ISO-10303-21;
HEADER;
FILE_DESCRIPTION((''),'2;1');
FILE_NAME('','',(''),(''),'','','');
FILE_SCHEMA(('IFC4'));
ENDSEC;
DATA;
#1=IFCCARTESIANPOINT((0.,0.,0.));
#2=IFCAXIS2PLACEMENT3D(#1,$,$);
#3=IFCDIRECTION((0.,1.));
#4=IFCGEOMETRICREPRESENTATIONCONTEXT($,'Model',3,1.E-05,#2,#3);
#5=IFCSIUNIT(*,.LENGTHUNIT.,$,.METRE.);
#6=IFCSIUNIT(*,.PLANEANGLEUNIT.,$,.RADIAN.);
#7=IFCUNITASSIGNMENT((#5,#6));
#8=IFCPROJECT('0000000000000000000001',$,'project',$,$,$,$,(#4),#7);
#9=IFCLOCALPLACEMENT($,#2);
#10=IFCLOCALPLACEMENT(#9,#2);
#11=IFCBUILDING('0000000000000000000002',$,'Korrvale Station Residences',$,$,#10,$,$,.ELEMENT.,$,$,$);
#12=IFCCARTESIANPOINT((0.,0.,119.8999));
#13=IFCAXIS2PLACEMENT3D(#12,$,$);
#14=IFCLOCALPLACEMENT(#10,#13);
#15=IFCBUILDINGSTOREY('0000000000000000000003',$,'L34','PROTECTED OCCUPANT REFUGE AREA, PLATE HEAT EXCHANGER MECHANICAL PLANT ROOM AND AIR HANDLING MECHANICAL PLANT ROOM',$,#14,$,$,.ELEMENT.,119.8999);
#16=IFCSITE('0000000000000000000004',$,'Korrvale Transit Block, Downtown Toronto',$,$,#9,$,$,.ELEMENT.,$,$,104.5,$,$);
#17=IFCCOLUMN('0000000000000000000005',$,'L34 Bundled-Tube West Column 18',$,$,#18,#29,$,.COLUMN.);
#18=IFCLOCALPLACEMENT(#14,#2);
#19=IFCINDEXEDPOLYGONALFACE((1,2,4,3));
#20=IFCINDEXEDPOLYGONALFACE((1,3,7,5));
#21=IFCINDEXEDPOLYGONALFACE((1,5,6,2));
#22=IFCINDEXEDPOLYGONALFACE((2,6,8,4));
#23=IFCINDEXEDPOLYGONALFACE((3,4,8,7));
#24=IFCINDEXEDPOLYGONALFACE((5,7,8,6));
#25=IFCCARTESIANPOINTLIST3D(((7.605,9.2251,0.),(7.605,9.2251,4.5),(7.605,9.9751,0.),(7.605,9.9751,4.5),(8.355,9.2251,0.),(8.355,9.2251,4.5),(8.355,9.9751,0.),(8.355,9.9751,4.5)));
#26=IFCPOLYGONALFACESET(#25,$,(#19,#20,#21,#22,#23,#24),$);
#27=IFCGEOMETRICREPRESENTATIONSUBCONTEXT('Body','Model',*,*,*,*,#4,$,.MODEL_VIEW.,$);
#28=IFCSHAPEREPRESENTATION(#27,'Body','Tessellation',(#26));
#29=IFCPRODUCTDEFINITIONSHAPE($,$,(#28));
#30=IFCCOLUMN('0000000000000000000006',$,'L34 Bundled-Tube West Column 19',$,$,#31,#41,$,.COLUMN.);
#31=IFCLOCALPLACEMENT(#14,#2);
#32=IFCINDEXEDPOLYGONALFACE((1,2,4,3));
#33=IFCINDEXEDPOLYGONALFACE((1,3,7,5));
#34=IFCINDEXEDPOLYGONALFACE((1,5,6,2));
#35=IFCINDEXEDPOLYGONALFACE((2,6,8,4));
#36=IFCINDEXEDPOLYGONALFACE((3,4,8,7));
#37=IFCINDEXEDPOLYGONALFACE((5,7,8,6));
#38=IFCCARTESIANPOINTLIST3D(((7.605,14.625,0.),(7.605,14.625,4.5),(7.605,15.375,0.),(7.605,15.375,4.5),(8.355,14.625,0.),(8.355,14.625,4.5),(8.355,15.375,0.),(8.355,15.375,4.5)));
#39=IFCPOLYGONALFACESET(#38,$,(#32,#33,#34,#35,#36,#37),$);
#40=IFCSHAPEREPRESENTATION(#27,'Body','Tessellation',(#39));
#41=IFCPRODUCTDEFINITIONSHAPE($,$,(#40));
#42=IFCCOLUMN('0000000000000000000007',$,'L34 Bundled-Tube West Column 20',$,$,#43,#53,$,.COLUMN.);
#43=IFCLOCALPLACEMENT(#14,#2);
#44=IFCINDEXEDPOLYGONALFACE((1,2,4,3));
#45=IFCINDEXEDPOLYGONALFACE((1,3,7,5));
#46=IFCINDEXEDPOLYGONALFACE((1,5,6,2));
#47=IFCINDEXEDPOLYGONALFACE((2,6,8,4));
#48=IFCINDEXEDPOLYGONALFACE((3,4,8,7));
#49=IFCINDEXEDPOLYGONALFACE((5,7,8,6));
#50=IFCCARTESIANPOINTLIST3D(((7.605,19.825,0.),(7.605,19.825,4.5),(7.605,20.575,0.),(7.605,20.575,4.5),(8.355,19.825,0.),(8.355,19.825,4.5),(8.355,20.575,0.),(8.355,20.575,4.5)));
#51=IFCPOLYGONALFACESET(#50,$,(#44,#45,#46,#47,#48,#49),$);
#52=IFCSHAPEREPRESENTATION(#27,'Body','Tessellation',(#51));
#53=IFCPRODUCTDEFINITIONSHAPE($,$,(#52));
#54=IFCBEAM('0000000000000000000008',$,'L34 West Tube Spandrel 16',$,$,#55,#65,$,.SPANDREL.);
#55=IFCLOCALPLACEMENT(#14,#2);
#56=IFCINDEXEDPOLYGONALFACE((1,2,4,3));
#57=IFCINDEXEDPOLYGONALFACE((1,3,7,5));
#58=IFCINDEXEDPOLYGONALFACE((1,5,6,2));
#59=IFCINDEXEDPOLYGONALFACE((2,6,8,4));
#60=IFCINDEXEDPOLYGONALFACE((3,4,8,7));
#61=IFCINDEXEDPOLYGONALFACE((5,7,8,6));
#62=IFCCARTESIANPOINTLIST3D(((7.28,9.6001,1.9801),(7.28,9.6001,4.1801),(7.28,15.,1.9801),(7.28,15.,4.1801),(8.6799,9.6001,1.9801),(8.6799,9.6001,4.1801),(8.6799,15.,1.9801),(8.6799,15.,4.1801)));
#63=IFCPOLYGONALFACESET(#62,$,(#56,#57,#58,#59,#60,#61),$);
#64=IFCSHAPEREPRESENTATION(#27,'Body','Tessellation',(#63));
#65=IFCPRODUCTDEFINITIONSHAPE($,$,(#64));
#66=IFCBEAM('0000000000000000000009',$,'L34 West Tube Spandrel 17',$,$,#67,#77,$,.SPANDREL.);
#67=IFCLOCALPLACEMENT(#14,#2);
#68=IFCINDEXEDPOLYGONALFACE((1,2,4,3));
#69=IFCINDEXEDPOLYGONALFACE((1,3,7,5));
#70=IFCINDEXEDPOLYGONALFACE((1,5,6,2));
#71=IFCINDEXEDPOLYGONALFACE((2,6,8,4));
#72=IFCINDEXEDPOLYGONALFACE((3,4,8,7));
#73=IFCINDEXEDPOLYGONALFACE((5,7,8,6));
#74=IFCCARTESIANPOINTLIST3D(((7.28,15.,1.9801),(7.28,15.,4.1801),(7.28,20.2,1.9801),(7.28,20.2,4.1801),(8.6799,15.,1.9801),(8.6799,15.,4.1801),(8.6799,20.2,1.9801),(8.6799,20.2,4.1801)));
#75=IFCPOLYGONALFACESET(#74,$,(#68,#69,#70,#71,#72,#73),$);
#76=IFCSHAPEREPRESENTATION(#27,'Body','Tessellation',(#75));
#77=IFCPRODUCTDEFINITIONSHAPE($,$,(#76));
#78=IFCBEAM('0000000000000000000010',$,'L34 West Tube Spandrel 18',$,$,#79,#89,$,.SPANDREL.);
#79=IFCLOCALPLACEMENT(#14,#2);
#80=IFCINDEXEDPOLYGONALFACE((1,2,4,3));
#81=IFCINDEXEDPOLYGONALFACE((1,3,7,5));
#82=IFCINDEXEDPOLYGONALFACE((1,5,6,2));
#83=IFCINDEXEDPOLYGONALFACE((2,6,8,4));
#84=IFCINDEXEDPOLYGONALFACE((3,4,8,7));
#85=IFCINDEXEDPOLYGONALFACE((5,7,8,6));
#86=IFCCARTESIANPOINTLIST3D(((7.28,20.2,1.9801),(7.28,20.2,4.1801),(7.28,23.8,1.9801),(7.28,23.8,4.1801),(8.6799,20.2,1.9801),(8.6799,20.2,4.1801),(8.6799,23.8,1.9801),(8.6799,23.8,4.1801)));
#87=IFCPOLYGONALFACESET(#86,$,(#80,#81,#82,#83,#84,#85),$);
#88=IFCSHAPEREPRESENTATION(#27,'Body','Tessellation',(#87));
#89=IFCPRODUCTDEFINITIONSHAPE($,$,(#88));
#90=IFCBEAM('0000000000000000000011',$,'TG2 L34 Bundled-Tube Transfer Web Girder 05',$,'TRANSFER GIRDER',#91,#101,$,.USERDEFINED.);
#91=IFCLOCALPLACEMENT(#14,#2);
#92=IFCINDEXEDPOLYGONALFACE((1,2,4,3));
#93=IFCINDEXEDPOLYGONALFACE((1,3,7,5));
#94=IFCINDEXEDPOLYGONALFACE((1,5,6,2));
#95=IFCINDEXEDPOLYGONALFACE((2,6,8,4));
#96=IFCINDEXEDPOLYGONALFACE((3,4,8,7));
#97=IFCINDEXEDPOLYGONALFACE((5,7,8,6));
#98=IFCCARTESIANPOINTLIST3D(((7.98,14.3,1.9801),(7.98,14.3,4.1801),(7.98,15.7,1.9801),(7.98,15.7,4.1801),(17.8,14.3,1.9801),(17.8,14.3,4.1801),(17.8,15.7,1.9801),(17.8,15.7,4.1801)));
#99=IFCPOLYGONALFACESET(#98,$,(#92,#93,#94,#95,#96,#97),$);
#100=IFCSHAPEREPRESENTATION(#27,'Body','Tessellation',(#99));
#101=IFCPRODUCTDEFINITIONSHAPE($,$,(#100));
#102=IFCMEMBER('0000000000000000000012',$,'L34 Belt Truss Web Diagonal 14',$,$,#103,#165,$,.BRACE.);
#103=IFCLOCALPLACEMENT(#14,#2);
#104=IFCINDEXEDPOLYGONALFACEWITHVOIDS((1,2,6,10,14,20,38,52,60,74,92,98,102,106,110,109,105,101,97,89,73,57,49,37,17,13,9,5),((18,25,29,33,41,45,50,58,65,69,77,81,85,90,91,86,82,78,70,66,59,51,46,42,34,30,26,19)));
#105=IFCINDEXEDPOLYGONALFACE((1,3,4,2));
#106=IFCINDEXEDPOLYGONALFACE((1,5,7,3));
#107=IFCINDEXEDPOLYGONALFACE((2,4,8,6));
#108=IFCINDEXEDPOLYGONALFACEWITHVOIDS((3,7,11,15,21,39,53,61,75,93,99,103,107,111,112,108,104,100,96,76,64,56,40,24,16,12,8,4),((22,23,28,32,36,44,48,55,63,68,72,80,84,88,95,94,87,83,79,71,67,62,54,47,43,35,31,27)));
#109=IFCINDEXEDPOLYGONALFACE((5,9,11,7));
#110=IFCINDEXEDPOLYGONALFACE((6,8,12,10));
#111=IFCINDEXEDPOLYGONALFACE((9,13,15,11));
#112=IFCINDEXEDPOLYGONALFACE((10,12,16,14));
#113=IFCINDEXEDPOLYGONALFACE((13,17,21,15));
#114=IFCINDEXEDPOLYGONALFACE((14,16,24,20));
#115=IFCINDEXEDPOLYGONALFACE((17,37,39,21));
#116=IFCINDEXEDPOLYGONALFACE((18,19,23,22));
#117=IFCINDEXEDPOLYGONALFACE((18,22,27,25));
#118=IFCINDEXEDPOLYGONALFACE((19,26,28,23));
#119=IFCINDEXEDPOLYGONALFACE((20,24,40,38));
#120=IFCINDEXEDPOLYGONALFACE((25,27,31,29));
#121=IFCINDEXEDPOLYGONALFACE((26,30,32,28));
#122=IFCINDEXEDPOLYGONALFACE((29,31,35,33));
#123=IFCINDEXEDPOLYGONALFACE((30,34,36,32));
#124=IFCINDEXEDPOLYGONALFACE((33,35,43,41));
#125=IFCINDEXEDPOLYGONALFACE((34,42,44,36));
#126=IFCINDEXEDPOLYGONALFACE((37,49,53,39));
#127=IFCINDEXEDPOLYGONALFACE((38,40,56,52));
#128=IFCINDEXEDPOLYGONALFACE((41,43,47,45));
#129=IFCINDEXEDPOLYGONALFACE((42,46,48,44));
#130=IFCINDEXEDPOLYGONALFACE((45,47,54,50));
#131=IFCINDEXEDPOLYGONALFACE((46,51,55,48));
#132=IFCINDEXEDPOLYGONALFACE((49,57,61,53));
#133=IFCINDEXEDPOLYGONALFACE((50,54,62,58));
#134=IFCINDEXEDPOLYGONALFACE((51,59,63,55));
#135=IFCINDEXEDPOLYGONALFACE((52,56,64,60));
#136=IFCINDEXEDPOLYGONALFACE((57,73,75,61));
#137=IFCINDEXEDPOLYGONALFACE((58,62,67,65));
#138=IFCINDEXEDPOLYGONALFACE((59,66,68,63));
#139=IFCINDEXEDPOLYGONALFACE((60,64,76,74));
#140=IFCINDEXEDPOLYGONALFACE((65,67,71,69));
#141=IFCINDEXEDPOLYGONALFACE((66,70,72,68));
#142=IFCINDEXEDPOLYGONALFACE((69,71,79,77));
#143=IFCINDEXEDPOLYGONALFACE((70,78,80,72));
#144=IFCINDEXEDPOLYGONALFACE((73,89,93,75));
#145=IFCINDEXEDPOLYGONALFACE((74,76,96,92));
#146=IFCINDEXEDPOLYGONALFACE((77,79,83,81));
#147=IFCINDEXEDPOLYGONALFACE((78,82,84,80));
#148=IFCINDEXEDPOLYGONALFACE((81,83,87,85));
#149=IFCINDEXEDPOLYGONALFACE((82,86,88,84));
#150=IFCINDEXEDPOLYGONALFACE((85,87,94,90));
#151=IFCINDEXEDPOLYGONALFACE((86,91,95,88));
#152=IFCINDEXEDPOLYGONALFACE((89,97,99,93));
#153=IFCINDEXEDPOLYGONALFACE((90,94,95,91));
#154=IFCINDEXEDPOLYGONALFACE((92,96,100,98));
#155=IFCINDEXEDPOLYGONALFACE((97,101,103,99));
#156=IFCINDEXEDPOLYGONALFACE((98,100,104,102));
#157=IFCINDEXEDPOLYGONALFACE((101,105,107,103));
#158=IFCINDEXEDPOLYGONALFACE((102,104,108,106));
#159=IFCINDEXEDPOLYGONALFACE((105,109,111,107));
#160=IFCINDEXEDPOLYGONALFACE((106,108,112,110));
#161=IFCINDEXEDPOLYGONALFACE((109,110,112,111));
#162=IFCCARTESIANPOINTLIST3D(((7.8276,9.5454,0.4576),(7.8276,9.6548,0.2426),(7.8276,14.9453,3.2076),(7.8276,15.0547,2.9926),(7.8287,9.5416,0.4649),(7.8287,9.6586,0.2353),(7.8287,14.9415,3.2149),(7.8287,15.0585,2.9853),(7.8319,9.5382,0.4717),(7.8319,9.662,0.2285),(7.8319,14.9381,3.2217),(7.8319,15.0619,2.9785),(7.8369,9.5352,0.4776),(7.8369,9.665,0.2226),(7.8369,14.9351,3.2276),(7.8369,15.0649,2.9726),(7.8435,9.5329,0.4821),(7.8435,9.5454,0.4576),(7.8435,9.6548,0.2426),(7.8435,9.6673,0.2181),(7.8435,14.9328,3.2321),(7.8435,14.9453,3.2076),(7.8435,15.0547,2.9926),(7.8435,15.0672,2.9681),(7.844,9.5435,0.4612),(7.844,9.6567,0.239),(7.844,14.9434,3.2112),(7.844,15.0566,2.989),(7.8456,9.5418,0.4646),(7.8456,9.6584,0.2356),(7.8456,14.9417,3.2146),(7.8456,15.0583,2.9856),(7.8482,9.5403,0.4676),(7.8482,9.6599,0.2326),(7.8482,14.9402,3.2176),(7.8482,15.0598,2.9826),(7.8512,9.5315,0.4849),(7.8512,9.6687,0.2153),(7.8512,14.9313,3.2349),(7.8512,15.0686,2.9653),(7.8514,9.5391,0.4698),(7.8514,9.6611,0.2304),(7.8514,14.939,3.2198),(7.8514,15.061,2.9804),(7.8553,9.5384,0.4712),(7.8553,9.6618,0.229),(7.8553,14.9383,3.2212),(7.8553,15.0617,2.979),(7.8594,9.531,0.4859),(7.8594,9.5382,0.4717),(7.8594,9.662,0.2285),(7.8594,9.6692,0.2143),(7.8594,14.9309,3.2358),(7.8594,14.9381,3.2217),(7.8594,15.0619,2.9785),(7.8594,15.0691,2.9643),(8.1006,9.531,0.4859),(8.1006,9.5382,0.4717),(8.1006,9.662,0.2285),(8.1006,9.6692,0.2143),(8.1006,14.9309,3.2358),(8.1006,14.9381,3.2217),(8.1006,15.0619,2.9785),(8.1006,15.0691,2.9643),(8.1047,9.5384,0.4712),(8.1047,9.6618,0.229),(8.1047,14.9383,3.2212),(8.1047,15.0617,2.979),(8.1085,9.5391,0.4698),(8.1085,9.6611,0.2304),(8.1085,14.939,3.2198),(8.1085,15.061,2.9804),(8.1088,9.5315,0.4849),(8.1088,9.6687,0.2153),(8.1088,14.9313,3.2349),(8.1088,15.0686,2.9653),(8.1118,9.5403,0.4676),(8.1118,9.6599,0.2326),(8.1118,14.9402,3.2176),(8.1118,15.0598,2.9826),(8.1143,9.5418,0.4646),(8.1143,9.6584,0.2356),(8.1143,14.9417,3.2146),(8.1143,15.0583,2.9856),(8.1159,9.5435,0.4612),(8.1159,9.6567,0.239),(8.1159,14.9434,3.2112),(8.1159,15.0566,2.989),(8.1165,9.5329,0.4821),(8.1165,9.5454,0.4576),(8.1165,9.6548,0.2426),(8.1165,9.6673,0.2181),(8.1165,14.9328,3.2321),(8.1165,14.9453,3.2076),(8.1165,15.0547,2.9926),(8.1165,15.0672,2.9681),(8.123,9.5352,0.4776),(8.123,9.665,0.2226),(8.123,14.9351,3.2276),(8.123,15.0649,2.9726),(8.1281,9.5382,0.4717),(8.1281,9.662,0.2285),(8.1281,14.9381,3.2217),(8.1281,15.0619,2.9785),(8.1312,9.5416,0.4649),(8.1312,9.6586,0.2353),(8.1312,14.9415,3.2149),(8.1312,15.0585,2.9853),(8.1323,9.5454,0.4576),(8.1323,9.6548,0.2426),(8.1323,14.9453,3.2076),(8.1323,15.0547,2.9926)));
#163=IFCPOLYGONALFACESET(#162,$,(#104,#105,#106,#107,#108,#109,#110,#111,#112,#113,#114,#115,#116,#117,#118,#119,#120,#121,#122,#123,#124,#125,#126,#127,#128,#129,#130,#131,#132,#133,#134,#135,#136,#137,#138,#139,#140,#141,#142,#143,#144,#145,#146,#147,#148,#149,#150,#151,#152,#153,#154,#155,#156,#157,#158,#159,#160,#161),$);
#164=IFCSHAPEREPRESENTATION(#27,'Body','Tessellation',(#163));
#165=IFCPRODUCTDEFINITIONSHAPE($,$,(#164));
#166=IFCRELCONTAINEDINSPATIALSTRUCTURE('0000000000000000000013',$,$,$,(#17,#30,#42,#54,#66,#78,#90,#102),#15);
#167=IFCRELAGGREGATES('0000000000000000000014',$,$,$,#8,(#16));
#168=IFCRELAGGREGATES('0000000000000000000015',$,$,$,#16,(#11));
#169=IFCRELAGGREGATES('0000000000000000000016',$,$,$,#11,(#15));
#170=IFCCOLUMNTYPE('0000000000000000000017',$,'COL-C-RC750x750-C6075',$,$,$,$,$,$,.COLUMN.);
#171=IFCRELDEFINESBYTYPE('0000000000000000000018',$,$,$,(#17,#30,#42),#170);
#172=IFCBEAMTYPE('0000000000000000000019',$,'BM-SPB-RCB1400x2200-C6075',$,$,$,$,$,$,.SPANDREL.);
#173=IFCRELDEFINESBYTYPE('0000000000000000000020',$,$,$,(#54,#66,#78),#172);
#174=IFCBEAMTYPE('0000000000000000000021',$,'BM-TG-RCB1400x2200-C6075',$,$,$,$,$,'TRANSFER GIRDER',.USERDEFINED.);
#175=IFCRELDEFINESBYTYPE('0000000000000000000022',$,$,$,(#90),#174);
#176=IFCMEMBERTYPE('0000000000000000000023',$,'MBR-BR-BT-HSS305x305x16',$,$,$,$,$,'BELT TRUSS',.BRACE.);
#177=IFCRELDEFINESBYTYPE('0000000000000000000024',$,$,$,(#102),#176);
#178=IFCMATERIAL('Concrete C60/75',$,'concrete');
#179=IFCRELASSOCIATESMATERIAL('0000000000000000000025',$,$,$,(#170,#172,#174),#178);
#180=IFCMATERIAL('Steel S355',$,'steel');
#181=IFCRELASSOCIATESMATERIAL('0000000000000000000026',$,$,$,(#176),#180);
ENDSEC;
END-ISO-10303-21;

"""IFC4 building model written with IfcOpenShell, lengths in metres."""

from ifc_helpers import new_model, si_unit, direction, frame, origin, origin_2d, place, context, subcontext, project, spatial, rectangle, hollow_rectangle, extrude, material, material_profile, profile_set, type_object, element, save


model = new_model("IFC4")

# Units and contexts
model_context = context("Model", 3, precision=1e-05, world=origin(), true_north=direction((0.0, 1.0)))
body_context = subcontext(model_context, "Body", "Model", "MODEL_VIEW")
ifc_project = project(units=[si_unit("LENGTHUNIT", "METRE"), si_unit("PLANEANGLEUNIT", "RADIAN")], contexts=[model_context])

# Site, building, storey
site_placement = place(None, origin())
site = spatial("IfcSite", under=ifc_project, at=site_placement, Name="Korrvale Transit Block, Downtown Toronto", CompositionType="ELEMENT", RefElevation=104.5)
building_placement = place(site_placement, origin())
building = spatial("IfcBuilding", under=site, at=building_placement, Name="Korrvale Station Residences", CompositionType="ELEMENT")
storey_placement = place(building_placement, frame((0.0, 0.0, 119.8999)))
storey = spatial("IfcBuildingStorey", under=building, at=storey_placement, Name="L34", Description="PROTECTED OCCUPANT REFUGE AREA, PLATE HEAT EXCHANGER MECHANICAL PLANT ROOM AND AIR HANDLING MECHANICAL PLANT ROOM", CompositionType="ELEMENT", Elevation=119.8999)

# Columns
ifc_material_1 = material(Name="Concrete C60/75", Category="concrete")
ifc_material_profile_1 = material_profile(ifc_material_1, rectangle(XDim=0.75, YDim=0.75, at=origin_2d()), Name="RC750x750")
ifc_profile_set_1 = profile_set([ifc_material_profile_1], Name="Concrete C60/75")
column_type = type_object("IfcColumnType", Name="COL-C-RC750x750-C6075", PredefinedType="COLUMN", material=ifc_profile_set_1)
for number, where, z_axis, x_axis, name in (
    (1, (7.98, 9.6001, 0.0), (0.0, 0.0, 1.0), (1.0, 0.0, 0.0), "L34 Bundled-Tube West Column 18"),
    (2, (7.98, 15.0, 0.0), (0.0, 0.0, 1.0), (1.0, 0.0, 0.0), "L34 Bundled-Tube West Column 19"),
    (3, (7.98, 20.2, 0.0), (0.0, 0.0, 1.0), (1.0, 0.0, 0.0), "L34 Bundled-Tube West Column 20"),
):
    element("IfcColumn", number, at=place(storey_placement, frame(where, z_axis=z_axis, x_axis=x_axis)), inside=storey, type_object=column_type, Name=name, PredefinedType="COLUMN", context=body_context, shape_type="SweptSolid", body=[
        extrude(rectangle(XDim=0.75, YDim=0.75, at=origin_2d()), origin(), (0.0, 0.0, 1.0), 4.5),
    ])

# Beams
ifc_material_profile_2 = material_profile(ifc_material_1, rectangle(XDim=1.3999, YDim=2.2, at=origin_2d()), Name="RCB1400x2200")
ifc_profile_set_2 = profile_set([ifc_material_profile_2], Name="Concrete C60/75")
beam_type_1 = type_object("IfcBeamType", Name="BM-SPB-RCB1400x2200-C6075", PredefinedType="SPANDREL", material=ifc_profile_set_2)
beam_1_placement = place(storey_placement, frame((7.98, 9.6001, 3.0801), z_axis=(0.0, 1.0, 0.0), x_axis=(-1.0, 0.0, 0.0)))
element("IfcBeam", 4, at=beam_1_placement, inside=storey, type_object=beam_type_1, Name="L34 West Tube Spandrel 16", PredefinedType="SPANDREL", context=body_context, shape_type="SweptSolid", body=[
    extrude(rectangle(XDim=1.3999, YDim=2.2, at=origin_2d()), origin(), (0.0, 0.0, 1.0), 5.3999),
])
beam_2_placement = place(storey_placement, frame((7.98, 15.0, 3.0801), z_axis=(0.0, 1.0, 0.0), x_axis=(-1.0, 0.0, 0.0)))
element("IfcBeam", 5, at=beam_2_placement, inside=storey, type_object=beam_type_1, Name="L34 West Tube Spandrel 17", PredefinedType="SPANDREL", context=body_context, shape_type="SweptSolid", body=[
    extrude(rectangle(XDim=1.3999, YDim=2.2, at=origin_2d()), origin(), (0.0, 0.0, 1.0), 5.2),
])
beam_3_placement = place(storey_placement, frame((7.98, 20.2, 3.0801), z_axis=(0.0, 1.0, 0.0), x_axis=(-1.0, 0.0, 0.0)))
element("IfcBeam", 6, at=beam_3_placement, inside=storey, type_object=beam_type_1, Name="L34 West Tube Spandrel 18", PredefinedType="SPANDREL", context=body_context, shape_type="SweptSolid", body=[
    extrude(rectangle(XDim=1.3999, YDim=2.2, at=origin_2d()), origin(), (0.0, 0.0, 1.0), 3.6001),
])
ifc_material_profile_3 = material_profile(ifc_material_1, rectangle(XDim=1.3999, YDim=2.2, at=origin_2d()), Name="RCB1400x2200")
ifc_profile_set_3 = profile_set([ifc_material_profile_3], Name="Concrete C60/75")
beam_type_2 = type_object("IfcBeamType", Name="BM-TG-RCB1400x2200-C6075", ElementType="TRANSFER GIRDER", PredefinedType="USERDEFINED", material=ifc_profile_set_3)
beam_4_placement = place(storey_placement, frame((7.98, 15.0, 3.0801), z_axis=(1.0, 0.0, 0.0), x_axis=(0.0, 1.0, 0.0)))
element("IfcBeam", 7, at=beam_4_placement, inside=storey, type_object=beam_type_2, Name="TG2 L34 Bundled-Tube Transfer Web Girder 05", ObjectType="TRANSFER GIRDER", PredefinedType="USERDEFINED", context=body_context, shape_type="SweptSolid", body=[
    extrude(rectangle(XDim=1.3999, YDim=2.2, at=origin_2d()), origin(), (0.0, 0.0, 1.0), 9.8201),
])

# Member
ifc_material_2 = material(Name="Steel S355", Category="steel")
ifc_material_profile_4 = material_profile(ifc_material_2, hollow_rectangle(XDim=0.3047, YDim=0.3047, WallThickness=0.0159, InnerFilletRadius=0.0159, OuterFilletRadius=0.0317, at=origin_2d()), Name="HSS305x305x16")
ifc_profile_set_4 = profile_set([ifc_material_profile_4], Name="Steel S355")
member_type_1 = type_object("IfcMemberType", Name="MBR-BR-BT-HSS305x305x16", ElementType="BELT TRUSS", PredefinedType="BRACE", material=ifc_profile_set_4)
member_1_placement = place(storey_placement, frame((7.98, 9.6001, 0.3501), z_axis=(0.0, 0.891099, 0.453809), x_axis=(-1.0, 0.0, 0.0)))
element("IfcMember", 8, at=member_1_placement, inside=storey, type_object=member_type_1, Name="L34 Belt Truss Web Diagonal 14", PredefinedType="BRACE", context=body_context, shape_type="SweptSolid", body=[
    extrude(hollow_rectangle(XDim=0.3047, YDim=0.3047, WallThickness=0.0159, InnerFilletRadius=0.0159, OuterFilletRadius=0.0317, at=origin_2d()), origin(), (0.0, 0.0, 1.0), 6.0598),
])

save(model, "model.ifc")
